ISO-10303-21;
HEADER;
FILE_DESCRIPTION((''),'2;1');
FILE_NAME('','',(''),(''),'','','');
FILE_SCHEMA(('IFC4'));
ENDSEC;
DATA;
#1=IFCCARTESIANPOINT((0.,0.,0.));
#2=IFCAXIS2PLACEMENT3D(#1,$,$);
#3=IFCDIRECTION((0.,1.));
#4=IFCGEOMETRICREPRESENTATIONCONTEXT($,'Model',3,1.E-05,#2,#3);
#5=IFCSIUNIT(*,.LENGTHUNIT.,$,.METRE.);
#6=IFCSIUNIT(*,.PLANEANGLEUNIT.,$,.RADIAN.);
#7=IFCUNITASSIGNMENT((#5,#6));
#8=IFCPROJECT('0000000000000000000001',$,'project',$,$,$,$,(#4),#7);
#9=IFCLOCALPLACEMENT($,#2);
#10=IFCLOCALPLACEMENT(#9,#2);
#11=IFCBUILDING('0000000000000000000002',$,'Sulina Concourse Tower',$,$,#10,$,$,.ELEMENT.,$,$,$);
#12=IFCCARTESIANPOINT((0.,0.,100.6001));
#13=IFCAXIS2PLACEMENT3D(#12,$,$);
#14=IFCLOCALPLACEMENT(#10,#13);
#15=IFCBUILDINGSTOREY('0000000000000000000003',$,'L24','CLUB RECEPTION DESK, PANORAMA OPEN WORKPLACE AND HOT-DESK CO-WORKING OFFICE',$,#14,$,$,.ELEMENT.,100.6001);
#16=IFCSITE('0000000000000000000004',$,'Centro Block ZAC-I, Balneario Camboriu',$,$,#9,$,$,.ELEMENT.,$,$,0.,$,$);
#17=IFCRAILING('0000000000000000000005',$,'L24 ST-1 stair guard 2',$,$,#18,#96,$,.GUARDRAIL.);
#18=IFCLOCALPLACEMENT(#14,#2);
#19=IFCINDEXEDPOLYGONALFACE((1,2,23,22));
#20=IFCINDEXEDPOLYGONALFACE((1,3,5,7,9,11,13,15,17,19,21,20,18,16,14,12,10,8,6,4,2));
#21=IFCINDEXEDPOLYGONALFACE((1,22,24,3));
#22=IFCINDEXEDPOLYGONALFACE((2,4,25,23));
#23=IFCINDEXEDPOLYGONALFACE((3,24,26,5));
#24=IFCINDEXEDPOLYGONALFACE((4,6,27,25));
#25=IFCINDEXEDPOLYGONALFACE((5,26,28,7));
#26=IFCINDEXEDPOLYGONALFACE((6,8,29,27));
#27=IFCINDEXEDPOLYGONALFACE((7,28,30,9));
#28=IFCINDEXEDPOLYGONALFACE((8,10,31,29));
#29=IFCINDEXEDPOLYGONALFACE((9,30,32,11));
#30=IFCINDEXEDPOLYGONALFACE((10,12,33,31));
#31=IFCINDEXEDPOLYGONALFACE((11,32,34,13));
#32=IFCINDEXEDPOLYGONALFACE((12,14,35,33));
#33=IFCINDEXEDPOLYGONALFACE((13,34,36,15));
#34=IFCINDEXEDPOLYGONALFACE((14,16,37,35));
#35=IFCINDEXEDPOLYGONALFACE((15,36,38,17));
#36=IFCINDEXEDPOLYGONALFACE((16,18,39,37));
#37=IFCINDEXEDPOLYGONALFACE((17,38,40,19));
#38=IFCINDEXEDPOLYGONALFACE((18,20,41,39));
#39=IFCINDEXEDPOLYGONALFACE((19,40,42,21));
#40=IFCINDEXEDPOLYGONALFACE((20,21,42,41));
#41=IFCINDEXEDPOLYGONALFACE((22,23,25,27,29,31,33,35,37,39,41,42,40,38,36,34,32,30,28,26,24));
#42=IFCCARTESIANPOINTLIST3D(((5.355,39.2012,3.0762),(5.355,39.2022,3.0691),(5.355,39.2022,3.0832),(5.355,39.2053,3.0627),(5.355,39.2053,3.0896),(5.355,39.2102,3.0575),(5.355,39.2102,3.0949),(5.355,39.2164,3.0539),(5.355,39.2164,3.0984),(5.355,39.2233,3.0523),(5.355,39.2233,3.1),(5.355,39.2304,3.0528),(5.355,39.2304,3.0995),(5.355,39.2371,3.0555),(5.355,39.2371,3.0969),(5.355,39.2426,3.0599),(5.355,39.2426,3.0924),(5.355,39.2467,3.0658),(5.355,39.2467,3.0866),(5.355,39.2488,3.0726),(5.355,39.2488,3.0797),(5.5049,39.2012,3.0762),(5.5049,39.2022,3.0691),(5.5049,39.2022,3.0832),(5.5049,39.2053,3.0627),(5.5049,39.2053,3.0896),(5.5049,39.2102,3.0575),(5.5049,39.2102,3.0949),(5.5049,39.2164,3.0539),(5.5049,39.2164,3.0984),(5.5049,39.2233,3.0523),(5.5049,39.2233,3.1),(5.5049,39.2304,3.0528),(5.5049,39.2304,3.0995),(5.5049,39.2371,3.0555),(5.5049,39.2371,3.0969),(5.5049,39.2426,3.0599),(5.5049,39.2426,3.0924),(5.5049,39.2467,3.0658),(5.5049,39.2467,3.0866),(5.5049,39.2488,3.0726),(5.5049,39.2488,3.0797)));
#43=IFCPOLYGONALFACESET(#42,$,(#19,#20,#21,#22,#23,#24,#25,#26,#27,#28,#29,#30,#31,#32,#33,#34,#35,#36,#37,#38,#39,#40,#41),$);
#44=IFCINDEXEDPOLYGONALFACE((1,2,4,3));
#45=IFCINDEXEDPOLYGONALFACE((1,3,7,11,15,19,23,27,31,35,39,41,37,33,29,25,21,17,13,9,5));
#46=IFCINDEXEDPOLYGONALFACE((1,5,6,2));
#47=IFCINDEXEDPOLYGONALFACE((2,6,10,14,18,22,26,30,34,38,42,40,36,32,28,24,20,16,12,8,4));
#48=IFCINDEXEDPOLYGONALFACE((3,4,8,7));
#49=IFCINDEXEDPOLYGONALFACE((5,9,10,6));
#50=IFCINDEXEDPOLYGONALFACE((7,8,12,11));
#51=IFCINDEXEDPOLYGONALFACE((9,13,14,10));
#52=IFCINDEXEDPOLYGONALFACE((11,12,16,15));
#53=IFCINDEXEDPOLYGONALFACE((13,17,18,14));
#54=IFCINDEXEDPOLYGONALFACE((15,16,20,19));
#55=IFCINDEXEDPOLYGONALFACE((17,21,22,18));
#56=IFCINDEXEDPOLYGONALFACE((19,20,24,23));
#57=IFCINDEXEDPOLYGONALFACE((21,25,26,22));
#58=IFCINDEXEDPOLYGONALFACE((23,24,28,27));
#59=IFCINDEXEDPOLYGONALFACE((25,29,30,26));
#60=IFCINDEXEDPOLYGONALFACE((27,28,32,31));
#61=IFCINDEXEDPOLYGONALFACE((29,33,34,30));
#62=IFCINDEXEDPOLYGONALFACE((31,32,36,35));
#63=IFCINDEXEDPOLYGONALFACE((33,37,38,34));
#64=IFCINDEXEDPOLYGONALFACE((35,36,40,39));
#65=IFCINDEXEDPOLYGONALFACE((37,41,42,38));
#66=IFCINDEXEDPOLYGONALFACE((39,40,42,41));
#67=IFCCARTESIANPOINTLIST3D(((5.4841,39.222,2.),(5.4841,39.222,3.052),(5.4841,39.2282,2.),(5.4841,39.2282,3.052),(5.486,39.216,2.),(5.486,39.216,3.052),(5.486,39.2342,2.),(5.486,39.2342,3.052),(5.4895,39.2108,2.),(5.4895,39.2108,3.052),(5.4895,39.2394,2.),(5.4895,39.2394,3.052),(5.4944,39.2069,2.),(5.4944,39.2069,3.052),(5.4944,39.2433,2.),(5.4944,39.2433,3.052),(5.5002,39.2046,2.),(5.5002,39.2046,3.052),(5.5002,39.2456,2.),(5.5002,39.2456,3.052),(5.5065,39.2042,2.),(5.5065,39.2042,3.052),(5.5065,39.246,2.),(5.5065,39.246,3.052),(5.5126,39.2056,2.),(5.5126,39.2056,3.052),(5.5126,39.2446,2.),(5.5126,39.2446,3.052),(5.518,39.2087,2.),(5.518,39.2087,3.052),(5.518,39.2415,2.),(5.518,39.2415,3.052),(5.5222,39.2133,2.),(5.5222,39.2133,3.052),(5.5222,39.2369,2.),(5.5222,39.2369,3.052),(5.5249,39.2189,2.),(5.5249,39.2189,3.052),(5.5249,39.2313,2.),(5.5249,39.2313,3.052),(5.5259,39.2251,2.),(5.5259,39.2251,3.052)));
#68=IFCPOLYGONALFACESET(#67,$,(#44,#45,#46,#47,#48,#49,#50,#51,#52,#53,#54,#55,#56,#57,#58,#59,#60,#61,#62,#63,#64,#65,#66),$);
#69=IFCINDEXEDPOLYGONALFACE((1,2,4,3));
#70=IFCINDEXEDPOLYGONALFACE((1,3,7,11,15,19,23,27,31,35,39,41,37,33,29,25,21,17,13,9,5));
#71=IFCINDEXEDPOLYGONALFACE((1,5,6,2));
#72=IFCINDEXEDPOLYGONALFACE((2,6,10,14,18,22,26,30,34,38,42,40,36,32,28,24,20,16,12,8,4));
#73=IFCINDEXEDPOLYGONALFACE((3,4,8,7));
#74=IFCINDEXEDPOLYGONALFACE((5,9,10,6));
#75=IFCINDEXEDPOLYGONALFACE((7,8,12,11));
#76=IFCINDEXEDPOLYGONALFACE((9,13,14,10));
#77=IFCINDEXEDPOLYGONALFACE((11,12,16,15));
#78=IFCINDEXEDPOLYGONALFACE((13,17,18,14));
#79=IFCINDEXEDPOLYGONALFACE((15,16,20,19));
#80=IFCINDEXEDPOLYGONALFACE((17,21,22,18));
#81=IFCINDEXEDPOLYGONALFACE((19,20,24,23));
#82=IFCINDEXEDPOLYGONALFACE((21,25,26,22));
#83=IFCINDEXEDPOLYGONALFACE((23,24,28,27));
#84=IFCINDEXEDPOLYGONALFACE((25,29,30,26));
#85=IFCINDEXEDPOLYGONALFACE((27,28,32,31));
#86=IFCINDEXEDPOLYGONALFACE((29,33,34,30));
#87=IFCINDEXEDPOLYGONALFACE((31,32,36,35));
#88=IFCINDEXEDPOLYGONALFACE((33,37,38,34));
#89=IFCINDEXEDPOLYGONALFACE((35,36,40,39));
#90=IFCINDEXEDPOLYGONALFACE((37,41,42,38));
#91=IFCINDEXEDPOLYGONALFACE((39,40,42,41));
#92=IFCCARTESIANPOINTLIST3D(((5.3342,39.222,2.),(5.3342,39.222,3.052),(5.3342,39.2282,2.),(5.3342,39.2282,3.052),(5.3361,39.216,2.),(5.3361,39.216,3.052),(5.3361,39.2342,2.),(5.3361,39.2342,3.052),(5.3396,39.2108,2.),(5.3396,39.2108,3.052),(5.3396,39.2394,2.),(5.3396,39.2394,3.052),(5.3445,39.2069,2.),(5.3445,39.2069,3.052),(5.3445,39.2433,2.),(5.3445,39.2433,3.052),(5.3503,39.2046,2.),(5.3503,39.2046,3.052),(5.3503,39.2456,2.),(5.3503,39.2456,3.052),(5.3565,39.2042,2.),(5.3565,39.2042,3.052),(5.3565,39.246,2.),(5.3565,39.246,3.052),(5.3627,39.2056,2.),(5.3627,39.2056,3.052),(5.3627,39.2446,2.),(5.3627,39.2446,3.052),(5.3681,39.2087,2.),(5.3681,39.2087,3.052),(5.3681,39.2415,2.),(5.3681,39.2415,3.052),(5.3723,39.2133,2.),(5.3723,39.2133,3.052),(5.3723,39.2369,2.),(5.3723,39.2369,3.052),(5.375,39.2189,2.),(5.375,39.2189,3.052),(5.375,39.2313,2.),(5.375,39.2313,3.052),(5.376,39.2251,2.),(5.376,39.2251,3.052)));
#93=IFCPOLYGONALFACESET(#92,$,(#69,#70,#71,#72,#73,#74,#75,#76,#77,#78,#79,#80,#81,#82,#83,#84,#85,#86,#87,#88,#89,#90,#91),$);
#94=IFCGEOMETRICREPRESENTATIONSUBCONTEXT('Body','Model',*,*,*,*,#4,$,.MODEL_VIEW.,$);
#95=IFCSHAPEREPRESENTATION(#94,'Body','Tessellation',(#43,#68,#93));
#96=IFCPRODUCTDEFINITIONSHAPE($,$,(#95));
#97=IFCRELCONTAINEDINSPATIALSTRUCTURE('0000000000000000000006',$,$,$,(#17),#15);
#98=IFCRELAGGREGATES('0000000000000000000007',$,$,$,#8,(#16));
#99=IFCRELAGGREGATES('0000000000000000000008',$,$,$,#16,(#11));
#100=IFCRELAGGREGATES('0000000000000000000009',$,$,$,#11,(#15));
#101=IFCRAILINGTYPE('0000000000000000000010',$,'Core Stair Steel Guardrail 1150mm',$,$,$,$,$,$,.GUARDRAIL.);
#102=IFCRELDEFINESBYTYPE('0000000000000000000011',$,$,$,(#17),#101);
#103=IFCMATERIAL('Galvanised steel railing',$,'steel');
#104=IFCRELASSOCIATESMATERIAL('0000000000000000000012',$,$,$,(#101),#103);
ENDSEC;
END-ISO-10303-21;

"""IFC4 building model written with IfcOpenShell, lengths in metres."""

from ifc_helpers import new_model, si_unit, direction, frame, origin, origin_2d, place, context, subcontext, project, spatial, circle, extrude, material, type_object, element, save


model = new_model("IFC4")

# Units and contexts
model_context = context("Model", 3, precision=1e-05, world=origin(), true_north=direction((0.0, 1.0)))
body_context = subcontext(model_context, "Body", "Model", "MODEL_VIEW")
ifc_project = project(units=[si_unit("LENGTHUNIT", "METRE"), si_unit("PLANEANGLEUNIT", "RADIAN")], contexts=[model_context])

# Site, building, storey
site_placement = place(None, origin())
site = spatial("IfcSite", under=ifc_project, at=site_placement, Name="Centro Block ZAC-I, Balneario Camboriu", CompositionType="ELEMENT", RefElevation=0.0)
building_placement = place(site_placement, origin())
building = spatial("IfcBuilding", under=site, at=building_placement, Name="Sulina Concourse Tower", CompositionType="ELEMENT")
storey_placement = place(building_placement, frame((0.0, 0.0, 100.6001)))
storey = spatial("IfcBuildingStorey", under=building, at=storey_placement, Name="L24", Description="CLUB RECEPTION DESK, PANORAMA OPEN WORKPLACE AND HOT-DESK CO-WORKING OFFICE", CompositionType="ELEMENT", Elevation=100.6001)

# Railing
ifc_material_1 = material(Name="Galvanised steel railing", Category="steel")
railing_type_1 = type_object("IfcRailingType", Name="Core Stair Steel Guardrail 1150mm", PredefinedType="GUARDRAIL", material=ifc_material_1)
railing_1_placement = place(storey_placement, frame((5.5049, 39.2251, 2.0)))
element("IfcRailing", 1, at=railing_1_placement, inside=storey, type_object=railing_type_1, Name="L24 ST-1 stair guard 2", PredefinedType="GUARDRAIL", context=body_context, shape_type="SweptSolid", body=[
    extrude(circle(Radius=0.0239, at=origin_2d()), frame((0.0, 0.0, 1.0762), z_axis=(-1.0, 0.0, 0.0), x_axis=(0.0, -1.0, 0.0)), (0.0, 0.0, 1.0), 0.1499),
    extrude(circle(Radius=0.021, at=origin_2d()), origin(), (0.0, 0.0, 1.0), 1.052),
    extrude(circle(Radius=0.021, at=origin_2d()), frame((-0.1499, 0.0, 0.0)), (0.0, 0.0, 1.0), 1.052),
])

save(model, "model.ifc")
